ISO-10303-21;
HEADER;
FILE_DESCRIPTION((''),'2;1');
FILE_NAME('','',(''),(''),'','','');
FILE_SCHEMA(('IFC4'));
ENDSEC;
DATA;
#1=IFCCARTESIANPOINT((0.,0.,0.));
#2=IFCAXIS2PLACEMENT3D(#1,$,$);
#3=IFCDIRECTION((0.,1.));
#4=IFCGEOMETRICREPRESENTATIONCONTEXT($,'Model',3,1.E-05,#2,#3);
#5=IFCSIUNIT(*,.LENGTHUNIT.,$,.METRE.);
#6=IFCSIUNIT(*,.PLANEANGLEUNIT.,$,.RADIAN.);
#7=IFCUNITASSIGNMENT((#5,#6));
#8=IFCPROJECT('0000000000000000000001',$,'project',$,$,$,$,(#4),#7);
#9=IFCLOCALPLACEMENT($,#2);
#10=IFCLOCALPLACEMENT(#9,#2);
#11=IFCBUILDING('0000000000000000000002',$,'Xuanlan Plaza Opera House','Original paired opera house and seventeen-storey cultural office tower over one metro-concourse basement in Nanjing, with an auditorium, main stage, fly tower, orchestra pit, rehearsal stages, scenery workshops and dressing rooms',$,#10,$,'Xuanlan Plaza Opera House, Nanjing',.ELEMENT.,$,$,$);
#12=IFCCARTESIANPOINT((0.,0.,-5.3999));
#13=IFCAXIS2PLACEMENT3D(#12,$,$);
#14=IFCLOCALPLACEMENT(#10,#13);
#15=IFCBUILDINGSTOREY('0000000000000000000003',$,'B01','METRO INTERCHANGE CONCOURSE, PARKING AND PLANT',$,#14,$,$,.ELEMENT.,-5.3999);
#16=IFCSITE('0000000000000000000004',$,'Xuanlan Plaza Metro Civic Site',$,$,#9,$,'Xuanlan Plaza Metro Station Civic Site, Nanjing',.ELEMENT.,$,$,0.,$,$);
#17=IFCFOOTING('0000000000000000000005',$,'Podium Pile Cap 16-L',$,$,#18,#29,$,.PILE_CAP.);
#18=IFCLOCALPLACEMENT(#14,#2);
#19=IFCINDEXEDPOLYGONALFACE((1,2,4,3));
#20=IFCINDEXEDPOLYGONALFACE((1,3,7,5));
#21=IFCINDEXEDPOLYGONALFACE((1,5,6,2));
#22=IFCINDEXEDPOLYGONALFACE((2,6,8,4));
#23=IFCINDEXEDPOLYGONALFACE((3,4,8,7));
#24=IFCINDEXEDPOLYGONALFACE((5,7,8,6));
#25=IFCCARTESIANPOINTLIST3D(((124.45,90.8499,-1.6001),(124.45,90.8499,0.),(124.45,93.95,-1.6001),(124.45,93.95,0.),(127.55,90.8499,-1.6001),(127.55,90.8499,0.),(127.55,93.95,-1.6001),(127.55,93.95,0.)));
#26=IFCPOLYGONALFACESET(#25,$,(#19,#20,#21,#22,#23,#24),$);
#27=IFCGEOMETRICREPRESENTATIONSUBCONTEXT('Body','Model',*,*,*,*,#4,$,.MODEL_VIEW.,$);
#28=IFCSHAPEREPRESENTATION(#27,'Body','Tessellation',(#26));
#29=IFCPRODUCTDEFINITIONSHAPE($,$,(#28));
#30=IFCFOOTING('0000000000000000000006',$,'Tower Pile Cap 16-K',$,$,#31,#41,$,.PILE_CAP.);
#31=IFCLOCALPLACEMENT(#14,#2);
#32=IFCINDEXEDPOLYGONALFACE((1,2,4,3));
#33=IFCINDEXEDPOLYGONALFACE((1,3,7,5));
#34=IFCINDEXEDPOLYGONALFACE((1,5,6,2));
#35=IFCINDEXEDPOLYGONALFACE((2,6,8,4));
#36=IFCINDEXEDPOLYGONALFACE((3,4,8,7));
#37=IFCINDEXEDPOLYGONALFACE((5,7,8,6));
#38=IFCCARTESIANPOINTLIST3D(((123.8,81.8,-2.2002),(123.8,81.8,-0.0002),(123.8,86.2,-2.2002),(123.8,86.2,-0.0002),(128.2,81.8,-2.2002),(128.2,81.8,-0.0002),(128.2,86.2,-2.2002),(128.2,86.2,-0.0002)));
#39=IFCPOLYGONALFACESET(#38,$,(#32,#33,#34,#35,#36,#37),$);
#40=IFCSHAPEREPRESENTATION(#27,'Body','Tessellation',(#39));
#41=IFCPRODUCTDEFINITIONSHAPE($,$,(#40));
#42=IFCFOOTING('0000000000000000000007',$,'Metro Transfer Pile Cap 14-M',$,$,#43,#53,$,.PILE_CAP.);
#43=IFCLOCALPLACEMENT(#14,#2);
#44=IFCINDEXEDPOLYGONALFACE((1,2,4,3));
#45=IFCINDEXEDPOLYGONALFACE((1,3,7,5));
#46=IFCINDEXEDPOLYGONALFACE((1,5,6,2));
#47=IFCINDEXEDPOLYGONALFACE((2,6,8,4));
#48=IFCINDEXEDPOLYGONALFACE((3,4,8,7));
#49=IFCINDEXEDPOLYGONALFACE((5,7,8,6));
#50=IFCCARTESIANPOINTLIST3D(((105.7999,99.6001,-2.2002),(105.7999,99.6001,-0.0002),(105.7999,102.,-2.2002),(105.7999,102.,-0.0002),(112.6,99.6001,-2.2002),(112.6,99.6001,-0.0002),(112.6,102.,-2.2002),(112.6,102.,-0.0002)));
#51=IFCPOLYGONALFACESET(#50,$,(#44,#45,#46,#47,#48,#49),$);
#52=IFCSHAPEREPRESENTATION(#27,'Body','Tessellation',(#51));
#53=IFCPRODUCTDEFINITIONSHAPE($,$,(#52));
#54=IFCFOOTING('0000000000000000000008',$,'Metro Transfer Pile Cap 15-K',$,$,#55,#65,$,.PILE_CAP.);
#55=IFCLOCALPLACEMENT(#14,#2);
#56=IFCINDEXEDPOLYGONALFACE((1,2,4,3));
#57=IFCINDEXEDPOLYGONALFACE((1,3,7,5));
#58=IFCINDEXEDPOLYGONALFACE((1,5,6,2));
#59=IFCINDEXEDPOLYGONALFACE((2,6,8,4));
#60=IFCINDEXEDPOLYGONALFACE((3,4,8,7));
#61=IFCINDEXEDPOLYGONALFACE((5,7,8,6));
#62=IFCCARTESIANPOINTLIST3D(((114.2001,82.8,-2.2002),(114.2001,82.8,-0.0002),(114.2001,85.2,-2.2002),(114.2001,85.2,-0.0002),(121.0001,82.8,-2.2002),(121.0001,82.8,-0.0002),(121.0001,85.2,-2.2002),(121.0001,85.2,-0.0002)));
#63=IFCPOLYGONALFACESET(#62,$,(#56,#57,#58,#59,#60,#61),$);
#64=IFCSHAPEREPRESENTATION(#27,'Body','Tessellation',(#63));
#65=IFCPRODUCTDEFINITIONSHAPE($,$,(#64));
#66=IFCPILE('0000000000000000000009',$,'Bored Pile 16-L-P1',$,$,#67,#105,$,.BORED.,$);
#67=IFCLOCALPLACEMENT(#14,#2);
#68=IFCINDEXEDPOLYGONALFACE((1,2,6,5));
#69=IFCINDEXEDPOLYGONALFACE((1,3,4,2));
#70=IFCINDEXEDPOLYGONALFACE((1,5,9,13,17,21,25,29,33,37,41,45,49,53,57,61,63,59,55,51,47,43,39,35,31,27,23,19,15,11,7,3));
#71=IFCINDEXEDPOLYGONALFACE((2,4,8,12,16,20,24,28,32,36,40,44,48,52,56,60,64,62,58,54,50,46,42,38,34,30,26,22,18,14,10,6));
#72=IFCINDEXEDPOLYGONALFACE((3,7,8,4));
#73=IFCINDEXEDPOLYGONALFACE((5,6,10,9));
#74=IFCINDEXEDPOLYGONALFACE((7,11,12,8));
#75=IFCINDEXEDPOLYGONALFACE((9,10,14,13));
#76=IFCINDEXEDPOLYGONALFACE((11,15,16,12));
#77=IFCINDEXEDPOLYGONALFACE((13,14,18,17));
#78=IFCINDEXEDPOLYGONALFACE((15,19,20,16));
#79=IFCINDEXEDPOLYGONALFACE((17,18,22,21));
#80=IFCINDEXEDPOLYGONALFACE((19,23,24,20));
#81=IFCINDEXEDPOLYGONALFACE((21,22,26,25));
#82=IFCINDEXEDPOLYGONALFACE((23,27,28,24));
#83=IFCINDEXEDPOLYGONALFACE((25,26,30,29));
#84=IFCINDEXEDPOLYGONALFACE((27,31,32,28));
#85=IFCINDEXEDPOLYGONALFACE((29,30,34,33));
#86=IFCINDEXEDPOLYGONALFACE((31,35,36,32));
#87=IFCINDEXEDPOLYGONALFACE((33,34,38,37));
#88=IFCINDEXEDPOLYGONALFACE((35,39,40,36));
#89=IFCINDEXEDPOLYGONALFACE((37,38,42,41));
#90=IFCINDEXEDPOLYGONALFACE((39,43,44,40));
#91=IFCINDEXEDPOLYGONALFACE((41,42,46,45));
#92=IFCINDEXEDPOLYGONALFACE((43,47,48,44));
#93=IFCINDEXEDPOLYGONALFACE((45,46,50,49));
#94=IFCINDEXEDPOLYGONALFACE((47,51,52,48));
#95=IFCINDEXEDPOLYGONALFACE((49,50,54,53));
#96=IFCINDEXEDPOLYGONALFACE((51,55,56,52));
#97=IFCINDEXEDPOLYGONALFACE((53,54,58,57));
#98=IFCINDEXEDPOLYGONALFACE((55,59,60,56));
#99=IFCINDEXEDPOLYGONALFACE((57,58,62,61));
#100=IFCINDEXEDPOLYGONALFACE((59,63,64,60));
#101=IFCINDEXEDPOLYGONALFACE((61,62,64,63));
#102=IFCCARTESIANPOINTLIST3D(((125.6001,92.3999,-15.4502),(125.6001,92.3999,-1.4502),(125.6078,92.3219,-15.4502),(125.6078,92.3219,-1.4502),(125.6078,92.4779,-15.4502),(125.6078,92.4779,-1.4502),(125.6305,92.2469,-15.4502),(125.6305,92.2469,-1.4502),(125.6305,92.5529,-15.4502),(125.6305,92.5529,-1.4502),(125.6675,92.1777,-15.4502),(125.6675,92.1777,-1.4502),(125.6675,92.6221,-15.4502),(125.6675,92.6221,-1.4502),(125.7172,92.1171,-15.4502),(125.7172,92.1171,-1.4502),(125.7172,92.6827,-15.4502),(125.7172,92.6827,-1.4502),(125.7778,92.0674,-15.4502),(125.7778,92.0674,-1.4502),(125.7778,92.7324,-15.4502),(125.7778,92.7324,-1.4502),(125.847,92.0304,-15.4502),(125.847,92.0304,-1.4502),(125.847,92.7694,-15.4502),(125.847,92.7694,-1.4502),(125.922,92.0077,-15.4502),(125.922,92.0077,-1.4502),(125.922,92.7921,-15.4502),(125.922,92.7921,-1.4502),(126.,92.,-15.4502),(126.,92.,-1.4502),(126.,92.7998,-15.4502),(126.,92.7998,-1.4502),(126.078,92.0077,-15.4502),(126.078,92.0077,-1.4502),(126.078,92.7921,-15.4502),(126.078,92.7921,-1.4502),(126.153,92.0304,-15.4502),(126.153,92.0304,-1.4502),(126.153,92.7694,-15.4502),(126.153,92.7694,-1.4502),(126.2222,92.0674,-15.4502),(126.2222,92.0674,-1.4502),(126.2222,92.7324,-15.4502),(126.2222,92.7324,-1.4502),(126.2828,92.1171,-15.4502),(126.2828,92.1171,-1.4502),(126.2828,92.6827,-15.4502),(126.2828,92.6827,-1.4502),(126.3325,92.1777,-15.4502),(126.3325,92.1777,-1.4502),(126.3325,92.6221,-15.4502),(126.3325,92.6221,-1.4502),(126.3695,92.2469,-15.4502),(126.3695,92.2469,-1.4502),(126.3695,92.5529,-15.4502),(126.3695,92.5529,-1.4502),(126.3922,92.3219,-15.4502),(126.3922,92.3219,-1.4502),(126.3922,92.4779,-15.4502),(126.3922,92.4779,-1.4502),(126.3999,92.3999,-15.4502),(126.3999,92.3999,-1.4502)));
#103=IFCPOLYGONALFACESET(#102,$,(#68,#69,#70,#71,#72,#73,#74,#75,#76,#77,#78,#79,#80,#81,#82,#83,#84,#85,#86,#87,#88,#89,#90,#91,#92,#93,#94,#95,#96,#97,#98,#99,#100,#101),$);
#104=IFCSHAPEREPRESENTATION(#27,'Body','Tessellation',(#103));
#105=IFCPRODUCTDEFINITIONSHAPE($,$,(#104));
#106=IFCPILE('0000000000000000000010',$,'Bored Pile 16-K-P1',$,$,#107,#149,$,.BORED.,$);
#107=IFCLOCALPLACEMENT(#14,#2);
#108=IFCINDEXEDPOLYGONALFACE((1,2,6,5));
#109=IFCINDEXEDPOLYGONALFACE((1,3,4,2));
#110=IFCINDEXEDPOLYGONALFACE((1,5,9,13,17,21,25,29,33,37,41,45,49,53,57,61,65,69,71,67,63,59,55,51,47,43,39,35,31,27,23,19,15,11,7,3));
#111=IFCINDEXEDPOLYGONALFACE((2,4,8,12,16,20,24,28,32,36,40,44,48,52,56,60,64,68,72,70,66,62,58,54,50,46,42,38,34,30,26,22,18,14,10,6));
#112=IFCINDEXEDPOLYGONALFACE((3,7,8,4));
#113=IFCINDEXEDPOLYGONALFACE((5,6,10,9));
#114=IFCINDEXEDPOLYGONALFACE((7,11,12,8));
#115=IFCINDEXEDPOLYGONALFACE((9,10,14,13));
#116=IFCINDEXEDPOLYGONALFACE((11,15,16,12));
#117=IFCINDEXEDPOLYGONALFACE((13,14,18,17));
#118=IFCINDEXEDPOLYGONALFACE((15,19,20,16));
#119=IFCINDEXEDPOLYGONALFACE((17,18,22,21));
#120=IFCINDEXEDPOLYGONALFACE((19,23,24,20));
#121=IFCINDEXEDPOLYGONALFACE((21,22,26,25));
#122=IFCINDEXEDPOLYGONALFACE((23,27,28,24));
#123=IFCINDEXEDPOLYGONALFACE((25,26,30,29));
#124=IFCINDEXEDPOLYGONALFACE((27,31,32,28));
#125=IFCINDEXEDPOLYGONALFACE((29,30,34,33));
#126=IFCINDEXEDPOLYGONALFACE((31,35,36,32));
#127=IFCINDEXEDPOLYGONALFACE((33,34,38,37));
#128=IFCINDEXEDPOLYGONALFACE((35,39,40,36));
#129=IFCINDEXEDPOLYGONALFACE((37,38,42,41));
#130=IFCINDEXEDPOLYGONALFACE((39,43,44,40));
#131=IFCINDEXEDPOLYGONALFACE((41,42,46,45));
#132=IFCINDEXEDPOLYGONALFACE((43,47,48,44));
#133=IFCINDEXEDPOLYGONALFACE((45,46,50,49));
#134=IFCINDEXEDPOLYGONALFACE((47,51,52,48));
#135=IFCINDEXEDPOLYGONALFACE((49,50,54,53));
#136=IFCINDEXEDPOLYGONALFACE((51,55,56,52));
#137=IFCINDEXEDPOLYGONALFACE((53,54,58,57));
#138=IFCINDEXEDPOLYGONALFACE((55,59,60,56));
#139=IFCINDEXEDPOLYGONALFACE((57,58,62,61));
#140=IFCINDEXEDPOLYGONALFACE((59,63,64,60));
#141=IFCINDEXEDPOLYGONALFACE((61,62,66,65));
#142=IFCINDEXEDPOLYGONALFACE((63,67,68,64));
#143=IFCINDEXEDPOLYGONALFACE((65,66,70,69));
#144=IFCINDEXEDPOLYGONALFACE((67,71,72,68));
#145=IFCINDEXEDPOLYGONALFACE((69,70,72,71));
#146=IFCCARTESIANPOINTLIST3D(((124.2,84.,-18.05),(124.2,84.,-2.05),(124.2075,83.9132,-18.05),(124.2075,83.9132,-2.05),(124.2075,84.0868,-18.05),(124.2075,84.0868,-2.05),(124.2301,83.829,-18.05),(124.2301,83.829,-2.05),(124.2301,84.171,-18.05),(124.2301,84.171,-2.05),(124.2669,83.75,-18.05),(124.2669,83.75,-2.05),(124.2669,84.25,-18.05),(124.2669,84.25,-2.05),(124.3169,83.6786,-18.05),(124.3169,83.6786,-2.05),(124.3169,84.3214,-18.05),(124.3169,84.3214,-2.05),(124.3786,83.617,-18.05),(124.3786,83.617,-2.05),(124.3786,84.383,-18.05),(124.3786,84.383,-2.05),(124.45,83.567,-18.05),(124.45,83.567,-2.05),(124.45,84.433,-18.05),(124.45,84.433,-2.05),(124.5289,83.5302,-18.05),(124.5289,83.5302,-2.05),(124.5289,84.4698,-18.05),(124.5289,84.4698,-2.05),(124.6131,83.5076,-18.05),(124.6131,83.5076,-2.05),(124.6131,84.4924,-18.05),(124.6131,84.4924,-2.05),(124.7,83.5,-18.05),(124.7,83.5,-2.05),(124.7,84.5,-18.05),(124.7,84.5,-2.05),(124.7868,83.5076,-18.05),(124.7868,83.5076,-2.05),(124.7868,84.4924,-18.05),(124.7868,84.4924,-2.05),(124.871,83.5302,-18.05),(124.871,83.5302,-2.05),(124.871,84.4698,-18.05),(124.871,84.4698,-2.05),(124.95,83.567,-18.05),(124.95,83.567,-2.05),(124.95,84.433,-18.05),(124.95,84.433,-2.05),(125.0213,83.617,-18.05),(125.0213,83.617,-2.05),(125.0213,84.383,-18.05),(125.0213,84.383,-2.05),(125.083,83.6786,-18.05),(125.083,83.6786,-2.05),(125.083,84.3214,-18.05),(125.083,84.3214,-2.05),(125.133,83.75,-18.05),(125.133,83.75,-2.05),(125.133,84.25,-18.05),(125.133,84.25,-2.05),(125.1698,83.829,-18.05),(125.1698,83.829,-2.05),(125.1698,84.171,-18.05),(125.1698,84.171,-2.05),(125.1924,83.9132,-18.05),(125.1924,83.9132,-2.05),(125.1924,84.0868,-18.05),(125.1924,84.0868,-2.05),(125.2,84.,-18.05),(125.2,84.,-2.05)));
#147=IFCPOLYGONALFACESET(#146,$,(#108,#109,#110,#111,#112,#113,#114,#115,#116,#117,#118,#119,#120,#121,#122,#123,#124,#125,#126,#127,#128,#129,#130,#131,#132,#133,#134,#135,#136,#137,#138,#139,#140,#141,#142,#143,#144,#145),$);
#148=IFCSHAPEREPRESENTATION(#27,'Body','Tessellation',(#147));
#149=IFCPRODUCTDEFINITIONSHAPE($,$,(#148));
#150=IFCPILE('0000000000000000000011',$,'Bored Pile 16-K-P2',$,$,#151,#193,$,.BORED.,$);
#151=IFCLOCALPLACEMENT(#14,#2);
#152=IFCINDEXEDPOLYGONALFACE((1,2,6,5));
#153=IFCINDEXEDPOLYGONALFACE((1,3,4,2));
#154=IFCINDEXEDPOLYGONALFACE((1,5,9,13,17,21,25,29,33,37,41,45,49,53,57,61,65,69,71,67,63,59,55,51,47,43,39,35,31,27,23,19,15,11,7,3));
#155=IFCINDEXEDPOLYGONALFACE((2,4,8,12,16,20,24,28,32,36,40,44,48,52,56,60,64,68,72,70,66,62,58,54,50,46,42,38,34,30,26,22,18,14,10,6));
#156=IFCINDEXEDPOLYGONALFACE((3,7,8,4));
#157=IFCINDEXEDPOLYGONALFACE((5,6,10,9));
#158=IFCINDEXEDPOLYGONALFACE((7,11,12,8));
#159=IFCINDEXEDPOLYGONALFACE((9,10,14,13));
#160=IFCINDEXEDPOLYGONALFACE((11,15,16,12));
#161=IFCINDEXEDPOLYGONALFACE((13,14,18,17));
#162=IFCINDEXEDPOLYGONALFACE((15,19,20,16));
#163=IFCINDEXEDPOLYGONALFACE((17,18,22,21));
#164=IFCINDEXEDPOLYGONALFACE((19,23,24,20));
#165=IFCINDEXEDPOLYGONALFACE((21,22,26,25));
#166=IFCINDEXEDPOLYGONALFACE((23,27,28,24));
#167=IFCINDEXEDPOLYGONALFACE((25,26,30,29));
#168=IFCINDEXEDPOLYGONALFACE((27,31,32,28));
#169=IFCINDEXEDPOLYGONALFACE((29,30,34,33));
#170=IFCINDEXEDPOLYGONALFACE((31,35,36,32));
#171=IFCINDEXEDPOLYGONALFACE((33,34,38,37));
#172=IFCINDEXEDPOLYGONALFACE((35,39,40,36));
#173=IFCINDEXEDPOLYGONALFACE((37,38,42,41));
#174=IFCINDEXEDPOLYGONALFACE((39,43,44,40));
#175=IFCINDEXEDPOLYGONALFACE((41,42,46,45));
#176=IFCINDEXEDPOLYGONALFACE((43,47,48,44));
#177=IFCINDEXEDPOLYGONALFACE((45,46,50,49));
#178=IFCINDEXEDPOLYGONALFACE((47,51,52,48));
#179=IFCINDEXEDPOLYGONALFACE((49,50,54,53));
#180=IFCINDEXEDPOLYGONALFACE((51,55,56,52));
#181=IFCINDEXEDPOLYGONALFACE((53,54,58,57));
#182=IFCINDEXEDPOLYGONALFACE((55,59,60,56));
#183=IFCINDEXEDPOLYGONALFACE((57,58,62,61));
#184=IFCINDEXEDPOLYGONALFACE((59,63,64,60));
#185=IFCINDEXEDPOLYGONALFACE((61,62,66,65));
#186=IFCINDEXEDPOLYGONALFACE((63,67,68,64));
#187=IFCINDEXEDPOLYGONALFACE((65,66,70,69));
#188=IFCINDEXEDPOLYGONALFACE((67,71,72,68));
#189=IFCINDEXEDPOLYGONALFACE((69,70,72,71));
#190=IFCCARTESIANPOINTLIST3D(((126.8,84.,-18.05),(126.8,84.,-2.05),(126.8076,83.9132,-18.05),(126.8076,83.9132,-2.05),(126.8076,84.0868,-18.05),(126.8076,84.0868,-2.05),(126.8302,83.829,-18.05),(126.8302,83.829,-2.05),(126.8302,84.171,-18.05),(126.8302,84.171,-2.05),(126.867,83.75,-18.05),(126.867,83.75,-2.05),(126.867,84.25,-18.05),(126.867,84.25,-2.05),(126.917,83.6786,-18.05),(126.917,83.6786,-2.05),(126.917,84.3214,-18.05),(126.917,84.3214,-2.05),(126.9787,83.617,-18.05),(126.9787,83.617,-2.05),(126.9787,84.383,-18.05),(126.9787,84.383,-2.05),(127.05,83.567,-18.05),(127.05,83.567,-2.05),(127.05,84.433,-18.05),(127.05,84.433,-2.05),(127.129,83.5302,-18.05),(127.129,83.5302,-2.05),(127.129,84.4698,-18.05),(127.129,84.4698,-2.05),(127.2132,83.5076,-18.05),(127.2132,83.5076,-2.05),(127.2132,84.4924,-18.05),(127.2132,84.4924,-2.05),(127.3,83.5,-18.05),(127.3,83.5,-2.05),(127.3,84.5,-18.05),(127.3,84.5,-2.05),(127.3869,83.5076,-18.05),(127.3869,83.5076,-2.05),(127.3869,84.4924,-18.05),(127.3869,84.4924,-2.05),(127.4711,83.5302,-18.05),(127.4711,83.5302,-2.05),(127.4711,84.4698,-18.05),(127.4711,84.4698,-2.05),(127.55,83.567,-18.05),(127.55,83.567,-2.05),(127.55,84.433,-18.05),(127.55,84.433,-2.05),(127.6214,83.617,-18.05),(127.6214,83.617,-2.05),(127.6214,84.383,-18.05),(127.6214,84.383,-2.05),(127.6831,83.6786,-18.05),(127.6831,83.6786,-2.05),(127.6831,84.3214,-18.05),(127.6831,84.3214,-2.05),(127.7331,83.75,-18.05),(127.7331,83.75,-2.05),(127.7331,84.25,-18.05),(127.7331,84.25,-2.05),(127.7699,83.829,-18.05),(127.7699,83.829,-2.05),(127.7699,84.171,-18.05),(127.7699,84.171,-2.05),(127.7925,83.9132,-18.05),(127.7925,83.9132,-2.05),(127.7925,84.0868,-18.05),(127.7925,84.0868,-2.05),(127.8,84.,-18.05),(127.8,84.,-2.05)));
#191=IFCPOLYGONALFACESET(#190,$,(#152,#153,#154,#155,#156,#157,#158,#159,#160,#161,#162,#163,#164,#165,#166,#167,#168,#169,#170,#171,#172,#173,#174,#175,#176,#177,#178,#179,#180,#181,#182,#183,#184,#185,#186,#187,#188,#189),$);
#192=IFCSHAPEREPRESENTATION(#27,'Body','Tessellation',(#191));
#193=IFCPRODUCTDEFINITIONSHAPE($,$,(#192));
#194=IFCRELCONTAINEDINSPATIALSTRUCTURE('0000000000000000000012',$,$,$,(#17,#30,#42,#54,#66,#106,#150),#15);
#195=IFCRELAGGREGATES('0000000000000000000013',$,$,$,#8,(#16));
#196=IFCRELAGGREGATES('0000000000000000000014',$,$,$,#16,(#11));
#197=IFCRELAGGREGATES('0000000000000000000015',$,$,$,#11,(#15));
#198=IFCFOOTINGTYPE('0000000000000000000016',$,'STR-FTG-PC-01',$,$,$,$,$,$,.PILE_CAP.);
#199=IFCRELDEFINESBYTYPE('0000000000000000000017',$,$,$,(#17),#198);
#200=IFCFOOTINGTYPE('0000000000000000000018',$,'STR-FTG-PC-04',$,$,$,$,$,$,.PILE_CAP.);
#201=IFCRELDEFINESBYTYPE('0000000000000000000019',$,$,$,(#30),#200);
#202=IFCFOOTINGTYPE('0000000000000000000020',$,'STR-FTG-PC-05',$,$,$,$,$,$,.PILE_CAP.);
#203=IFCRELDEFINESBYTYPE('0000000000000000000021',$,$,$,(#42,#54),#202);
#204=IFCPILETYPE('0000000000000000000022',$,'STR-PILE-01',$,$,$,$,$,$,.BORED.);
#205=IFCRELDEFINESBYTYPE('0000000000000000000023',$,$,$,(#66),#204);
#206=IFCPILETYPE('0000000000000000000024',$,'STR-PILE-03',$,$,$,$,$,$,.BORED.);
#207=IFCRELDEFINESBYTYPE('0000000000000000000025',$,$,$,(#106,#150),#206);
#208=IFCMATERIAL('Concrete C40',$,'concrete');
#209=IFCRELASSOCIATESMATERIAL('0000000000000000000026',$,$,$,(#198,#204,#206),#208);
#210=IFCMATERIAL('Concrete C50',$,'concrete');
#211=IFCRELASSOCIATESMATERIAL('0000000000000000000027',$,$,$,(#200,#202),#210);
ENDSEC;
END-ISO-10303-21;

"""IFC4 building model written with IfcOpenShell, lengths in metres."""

from ifc_helpers import new_model, si_unit, direction, frame, origin, origin_2d, place, context, subcontext, project, spatial, rectangle, circle, extrude, material, material_profile, profile_set, type_object, element, save


model = new_model("IFC4")

# Units and contexts
model_context = context("Model", 3, precision=1e-05, world=origin(), true_north=direction((0.0, 1.0)))
body_context = subcontext(model_context, "Body", "Model", "MODEL_VIEW")
ifc_project = project(units=[si_unit("LENGTHUNIT", "METRE"), si_unit("PLANEANGLEUNIT", "RADIAN")], contexts=[model_context])

# Site, building, storey
site_placement = place(None, origin())
site = spatial("IfcSite", under=ifc_project, at=site_placement, Name="Xuanlan Plaza Metro Civic Site", LongName="Xuanlan Plaza Metro Station Civic Site, Nanjing", CompositionType="ELEMENT", RefElevation=0.0)
building_placement = place(site_placement, origin())
building = spatial("IfcBuilding", under=site, at=building_placement, Name="Xuanlan Plaza Opera House", Description="Original paired opera house and seventeen-storey cultural office tower over one metro-concourse basement in Nanjing, with an auditorium, main stage, fly tower, orchestra pit, rehearsal stages, scenery workshops and dressing rooms", LongName="Xuanlan Plaza Opera House, Nanjing", CompositionType="ELEMENT")
storey_placement = place(building_placement, frame((0.0, 0.0, -5.3999)))
storey = spatial("IfcBuildingStorey", under=building, at=storey_placement, Name="B01", Description="METRO INTERCHANGE CONCOURSE, PARKING AND PLANT", CompositionType="ELEMENT", Elevation=-5.3999)

# Footings
ifc_material_1 = material(Name="Concrete C40", Category="concrete")
footing_type_1 = type_object("IfcFootingType", Name="STR-FTG-PC-01", PredefinedType="PILE_CAP", material=ifc_material_1)
footing_1_placement = place(storey_placement, frame((126.0, 92.3999, -1.6001), z_axis=(0.0, 0.0, 1.0), x_axis=(1.0, 0.0, 0.0)))
element("IfcFooting", 1, at=footing_1_placement, inside=storey, type_object=footing_type_1, Name="Podium Pile Cap 16-L", PredefinedType="PILE_CAP", context=body_context, shape_type="SweptSolid", body=[
    extrude(rectangle(XDim=3.1001, YDim=3.1001, at=origin_2d()), origin(), (0.0, 0.0, 1.0), 1.6001),
])
ifc_material_2 = material(Name="Concrete C50", Category="concrete")
footing_type_2 = type_object("IfcFootingType", Name="STR-FTG-PC-04", PredefinedType="PILE_CAP", material=ifc_material_2)
footing_2_placement = place(storey_placement, frame((126.0, 84.0, -2.2002), z_axis=(0.0, 0.0, 1.0), x_axis=(1.0, 0.0, 0.0)))
element("IfcFooting", 2, at=footing_2_placement, inside=storey, type_object=footing_type_2, Name="Tower Pile Cap 16-K", PredefinedType="PILE_CAP", context=body_context, shape_type="SweptSolid", body=[
    extrude(rectangle(XDim=4.3999, YDim=4.3999, at=origin_2d()), origin(), (0.0, 0.0, 1.0), 2.2),
])
footing_type_3 = type_object("IfcFootingType", Name="STR-FTG-PC-05", PredefinedType="PILE_CAP", material=ifc_material_2)
for number, where, z_axis, x_axis, name in (
    (3, (109.2, 100.8, -2.2002), (0.0, 0.0, 1.0), (1.0, 0.0, 0.0), "Metro Transfer Pile Cap 14-M"),
    (4, (117.6001, 84.0, -2.2002), (0.0, 0.0, 1.0), (1.0, 0.0, 0.0), "Metro Transfer Pile Cap 15-K"),
):
    element("IfcFooting", number, at=place(storey_placement, frame(where, z_axis=z_axis, x_axis=x_axis)), inside=storey, type_object=footing_type_3, Name=name, PredefinedType="PILE_CAP", context=body_context, shape_type="SweptSolid", body=[
        extrude(rectangle(XDim=6.8, YDim=2.3999, at=origin_2d()), origin(), (0.0, 0.0, 1.0), 2.2),
    ])

# Piles
ifc_material_profile_1 = material_profile(ifc_material_1, circle(Radius=0.3999, at=origin_2d()), Name="PILE D800")
ifc_profile_set_1 = profile_set([ifc_material_profile_1], Name="Concrete C40")
pile_type_1 = type_object("IfcPileType", Name="STR-PILE-01", PredefinedType="BORED", material=ifc_profile_set_1)
pile_placement = place(storey_placement, frame((126.0, 92.3999, -1.4502), z_axis=(0.0, 0.0, -1.0), x_axis=(1.0, 0.0, 0.0)))
element("IfcPile", 5, at=pile_placement, inside=storey, type_object=pile_type_1, Name="Bored Pile 16-L-P1", PredefinedType="BORED", context=body_context, shape_type="SweptSolid", body=[
    extrude(circle(Radius=0.3999, at=origin_2d()), origin(), (0.0, 0.0, 1.0), 14.0),
])
ifc_material_profile_2 = material_profile(ifc_material_1, circle(Radius=0.5, at=origin_2d()), Name="PILE D1000")
ifc_profile_set_2 = profile_set([ifc_material_profile_2], Name="Concrete C40")
pile_type_2 = type_object("IfcPileType", Name="STR-PILE-03", PredefinedType="BORED", material=ifc_profile_set_2)
for number, where, z_axis, x_axis, name in (
    (6, (124.7, 84.0, -2.05), (0.0, 0.0, -1.0), (1.0, 0.0, 0.0), "Bored Pile 16-K-P1"),
    (7, (127.3, 84.0, -2.05), (0.0, 0.0, -1.0), (1.0, 0.0, 0.0), "Bored Pile 16-K-P2"),
):
    element("IfcPile", number, at=place(storey_placement, frame(where, z_axis=z_axis, x_axis=x_axis)), inside=storey, type_object=pile_type_2, Name=name, PredefinedType="BORED", context=body_context, shape_type="SweptSolid", body=[
        extrude(circle(Radius=0.5, at=origin_2d()), origin(), (0.0, 0.0, 1.0), 16.0),
    ])

save(model, "model.ifc")
